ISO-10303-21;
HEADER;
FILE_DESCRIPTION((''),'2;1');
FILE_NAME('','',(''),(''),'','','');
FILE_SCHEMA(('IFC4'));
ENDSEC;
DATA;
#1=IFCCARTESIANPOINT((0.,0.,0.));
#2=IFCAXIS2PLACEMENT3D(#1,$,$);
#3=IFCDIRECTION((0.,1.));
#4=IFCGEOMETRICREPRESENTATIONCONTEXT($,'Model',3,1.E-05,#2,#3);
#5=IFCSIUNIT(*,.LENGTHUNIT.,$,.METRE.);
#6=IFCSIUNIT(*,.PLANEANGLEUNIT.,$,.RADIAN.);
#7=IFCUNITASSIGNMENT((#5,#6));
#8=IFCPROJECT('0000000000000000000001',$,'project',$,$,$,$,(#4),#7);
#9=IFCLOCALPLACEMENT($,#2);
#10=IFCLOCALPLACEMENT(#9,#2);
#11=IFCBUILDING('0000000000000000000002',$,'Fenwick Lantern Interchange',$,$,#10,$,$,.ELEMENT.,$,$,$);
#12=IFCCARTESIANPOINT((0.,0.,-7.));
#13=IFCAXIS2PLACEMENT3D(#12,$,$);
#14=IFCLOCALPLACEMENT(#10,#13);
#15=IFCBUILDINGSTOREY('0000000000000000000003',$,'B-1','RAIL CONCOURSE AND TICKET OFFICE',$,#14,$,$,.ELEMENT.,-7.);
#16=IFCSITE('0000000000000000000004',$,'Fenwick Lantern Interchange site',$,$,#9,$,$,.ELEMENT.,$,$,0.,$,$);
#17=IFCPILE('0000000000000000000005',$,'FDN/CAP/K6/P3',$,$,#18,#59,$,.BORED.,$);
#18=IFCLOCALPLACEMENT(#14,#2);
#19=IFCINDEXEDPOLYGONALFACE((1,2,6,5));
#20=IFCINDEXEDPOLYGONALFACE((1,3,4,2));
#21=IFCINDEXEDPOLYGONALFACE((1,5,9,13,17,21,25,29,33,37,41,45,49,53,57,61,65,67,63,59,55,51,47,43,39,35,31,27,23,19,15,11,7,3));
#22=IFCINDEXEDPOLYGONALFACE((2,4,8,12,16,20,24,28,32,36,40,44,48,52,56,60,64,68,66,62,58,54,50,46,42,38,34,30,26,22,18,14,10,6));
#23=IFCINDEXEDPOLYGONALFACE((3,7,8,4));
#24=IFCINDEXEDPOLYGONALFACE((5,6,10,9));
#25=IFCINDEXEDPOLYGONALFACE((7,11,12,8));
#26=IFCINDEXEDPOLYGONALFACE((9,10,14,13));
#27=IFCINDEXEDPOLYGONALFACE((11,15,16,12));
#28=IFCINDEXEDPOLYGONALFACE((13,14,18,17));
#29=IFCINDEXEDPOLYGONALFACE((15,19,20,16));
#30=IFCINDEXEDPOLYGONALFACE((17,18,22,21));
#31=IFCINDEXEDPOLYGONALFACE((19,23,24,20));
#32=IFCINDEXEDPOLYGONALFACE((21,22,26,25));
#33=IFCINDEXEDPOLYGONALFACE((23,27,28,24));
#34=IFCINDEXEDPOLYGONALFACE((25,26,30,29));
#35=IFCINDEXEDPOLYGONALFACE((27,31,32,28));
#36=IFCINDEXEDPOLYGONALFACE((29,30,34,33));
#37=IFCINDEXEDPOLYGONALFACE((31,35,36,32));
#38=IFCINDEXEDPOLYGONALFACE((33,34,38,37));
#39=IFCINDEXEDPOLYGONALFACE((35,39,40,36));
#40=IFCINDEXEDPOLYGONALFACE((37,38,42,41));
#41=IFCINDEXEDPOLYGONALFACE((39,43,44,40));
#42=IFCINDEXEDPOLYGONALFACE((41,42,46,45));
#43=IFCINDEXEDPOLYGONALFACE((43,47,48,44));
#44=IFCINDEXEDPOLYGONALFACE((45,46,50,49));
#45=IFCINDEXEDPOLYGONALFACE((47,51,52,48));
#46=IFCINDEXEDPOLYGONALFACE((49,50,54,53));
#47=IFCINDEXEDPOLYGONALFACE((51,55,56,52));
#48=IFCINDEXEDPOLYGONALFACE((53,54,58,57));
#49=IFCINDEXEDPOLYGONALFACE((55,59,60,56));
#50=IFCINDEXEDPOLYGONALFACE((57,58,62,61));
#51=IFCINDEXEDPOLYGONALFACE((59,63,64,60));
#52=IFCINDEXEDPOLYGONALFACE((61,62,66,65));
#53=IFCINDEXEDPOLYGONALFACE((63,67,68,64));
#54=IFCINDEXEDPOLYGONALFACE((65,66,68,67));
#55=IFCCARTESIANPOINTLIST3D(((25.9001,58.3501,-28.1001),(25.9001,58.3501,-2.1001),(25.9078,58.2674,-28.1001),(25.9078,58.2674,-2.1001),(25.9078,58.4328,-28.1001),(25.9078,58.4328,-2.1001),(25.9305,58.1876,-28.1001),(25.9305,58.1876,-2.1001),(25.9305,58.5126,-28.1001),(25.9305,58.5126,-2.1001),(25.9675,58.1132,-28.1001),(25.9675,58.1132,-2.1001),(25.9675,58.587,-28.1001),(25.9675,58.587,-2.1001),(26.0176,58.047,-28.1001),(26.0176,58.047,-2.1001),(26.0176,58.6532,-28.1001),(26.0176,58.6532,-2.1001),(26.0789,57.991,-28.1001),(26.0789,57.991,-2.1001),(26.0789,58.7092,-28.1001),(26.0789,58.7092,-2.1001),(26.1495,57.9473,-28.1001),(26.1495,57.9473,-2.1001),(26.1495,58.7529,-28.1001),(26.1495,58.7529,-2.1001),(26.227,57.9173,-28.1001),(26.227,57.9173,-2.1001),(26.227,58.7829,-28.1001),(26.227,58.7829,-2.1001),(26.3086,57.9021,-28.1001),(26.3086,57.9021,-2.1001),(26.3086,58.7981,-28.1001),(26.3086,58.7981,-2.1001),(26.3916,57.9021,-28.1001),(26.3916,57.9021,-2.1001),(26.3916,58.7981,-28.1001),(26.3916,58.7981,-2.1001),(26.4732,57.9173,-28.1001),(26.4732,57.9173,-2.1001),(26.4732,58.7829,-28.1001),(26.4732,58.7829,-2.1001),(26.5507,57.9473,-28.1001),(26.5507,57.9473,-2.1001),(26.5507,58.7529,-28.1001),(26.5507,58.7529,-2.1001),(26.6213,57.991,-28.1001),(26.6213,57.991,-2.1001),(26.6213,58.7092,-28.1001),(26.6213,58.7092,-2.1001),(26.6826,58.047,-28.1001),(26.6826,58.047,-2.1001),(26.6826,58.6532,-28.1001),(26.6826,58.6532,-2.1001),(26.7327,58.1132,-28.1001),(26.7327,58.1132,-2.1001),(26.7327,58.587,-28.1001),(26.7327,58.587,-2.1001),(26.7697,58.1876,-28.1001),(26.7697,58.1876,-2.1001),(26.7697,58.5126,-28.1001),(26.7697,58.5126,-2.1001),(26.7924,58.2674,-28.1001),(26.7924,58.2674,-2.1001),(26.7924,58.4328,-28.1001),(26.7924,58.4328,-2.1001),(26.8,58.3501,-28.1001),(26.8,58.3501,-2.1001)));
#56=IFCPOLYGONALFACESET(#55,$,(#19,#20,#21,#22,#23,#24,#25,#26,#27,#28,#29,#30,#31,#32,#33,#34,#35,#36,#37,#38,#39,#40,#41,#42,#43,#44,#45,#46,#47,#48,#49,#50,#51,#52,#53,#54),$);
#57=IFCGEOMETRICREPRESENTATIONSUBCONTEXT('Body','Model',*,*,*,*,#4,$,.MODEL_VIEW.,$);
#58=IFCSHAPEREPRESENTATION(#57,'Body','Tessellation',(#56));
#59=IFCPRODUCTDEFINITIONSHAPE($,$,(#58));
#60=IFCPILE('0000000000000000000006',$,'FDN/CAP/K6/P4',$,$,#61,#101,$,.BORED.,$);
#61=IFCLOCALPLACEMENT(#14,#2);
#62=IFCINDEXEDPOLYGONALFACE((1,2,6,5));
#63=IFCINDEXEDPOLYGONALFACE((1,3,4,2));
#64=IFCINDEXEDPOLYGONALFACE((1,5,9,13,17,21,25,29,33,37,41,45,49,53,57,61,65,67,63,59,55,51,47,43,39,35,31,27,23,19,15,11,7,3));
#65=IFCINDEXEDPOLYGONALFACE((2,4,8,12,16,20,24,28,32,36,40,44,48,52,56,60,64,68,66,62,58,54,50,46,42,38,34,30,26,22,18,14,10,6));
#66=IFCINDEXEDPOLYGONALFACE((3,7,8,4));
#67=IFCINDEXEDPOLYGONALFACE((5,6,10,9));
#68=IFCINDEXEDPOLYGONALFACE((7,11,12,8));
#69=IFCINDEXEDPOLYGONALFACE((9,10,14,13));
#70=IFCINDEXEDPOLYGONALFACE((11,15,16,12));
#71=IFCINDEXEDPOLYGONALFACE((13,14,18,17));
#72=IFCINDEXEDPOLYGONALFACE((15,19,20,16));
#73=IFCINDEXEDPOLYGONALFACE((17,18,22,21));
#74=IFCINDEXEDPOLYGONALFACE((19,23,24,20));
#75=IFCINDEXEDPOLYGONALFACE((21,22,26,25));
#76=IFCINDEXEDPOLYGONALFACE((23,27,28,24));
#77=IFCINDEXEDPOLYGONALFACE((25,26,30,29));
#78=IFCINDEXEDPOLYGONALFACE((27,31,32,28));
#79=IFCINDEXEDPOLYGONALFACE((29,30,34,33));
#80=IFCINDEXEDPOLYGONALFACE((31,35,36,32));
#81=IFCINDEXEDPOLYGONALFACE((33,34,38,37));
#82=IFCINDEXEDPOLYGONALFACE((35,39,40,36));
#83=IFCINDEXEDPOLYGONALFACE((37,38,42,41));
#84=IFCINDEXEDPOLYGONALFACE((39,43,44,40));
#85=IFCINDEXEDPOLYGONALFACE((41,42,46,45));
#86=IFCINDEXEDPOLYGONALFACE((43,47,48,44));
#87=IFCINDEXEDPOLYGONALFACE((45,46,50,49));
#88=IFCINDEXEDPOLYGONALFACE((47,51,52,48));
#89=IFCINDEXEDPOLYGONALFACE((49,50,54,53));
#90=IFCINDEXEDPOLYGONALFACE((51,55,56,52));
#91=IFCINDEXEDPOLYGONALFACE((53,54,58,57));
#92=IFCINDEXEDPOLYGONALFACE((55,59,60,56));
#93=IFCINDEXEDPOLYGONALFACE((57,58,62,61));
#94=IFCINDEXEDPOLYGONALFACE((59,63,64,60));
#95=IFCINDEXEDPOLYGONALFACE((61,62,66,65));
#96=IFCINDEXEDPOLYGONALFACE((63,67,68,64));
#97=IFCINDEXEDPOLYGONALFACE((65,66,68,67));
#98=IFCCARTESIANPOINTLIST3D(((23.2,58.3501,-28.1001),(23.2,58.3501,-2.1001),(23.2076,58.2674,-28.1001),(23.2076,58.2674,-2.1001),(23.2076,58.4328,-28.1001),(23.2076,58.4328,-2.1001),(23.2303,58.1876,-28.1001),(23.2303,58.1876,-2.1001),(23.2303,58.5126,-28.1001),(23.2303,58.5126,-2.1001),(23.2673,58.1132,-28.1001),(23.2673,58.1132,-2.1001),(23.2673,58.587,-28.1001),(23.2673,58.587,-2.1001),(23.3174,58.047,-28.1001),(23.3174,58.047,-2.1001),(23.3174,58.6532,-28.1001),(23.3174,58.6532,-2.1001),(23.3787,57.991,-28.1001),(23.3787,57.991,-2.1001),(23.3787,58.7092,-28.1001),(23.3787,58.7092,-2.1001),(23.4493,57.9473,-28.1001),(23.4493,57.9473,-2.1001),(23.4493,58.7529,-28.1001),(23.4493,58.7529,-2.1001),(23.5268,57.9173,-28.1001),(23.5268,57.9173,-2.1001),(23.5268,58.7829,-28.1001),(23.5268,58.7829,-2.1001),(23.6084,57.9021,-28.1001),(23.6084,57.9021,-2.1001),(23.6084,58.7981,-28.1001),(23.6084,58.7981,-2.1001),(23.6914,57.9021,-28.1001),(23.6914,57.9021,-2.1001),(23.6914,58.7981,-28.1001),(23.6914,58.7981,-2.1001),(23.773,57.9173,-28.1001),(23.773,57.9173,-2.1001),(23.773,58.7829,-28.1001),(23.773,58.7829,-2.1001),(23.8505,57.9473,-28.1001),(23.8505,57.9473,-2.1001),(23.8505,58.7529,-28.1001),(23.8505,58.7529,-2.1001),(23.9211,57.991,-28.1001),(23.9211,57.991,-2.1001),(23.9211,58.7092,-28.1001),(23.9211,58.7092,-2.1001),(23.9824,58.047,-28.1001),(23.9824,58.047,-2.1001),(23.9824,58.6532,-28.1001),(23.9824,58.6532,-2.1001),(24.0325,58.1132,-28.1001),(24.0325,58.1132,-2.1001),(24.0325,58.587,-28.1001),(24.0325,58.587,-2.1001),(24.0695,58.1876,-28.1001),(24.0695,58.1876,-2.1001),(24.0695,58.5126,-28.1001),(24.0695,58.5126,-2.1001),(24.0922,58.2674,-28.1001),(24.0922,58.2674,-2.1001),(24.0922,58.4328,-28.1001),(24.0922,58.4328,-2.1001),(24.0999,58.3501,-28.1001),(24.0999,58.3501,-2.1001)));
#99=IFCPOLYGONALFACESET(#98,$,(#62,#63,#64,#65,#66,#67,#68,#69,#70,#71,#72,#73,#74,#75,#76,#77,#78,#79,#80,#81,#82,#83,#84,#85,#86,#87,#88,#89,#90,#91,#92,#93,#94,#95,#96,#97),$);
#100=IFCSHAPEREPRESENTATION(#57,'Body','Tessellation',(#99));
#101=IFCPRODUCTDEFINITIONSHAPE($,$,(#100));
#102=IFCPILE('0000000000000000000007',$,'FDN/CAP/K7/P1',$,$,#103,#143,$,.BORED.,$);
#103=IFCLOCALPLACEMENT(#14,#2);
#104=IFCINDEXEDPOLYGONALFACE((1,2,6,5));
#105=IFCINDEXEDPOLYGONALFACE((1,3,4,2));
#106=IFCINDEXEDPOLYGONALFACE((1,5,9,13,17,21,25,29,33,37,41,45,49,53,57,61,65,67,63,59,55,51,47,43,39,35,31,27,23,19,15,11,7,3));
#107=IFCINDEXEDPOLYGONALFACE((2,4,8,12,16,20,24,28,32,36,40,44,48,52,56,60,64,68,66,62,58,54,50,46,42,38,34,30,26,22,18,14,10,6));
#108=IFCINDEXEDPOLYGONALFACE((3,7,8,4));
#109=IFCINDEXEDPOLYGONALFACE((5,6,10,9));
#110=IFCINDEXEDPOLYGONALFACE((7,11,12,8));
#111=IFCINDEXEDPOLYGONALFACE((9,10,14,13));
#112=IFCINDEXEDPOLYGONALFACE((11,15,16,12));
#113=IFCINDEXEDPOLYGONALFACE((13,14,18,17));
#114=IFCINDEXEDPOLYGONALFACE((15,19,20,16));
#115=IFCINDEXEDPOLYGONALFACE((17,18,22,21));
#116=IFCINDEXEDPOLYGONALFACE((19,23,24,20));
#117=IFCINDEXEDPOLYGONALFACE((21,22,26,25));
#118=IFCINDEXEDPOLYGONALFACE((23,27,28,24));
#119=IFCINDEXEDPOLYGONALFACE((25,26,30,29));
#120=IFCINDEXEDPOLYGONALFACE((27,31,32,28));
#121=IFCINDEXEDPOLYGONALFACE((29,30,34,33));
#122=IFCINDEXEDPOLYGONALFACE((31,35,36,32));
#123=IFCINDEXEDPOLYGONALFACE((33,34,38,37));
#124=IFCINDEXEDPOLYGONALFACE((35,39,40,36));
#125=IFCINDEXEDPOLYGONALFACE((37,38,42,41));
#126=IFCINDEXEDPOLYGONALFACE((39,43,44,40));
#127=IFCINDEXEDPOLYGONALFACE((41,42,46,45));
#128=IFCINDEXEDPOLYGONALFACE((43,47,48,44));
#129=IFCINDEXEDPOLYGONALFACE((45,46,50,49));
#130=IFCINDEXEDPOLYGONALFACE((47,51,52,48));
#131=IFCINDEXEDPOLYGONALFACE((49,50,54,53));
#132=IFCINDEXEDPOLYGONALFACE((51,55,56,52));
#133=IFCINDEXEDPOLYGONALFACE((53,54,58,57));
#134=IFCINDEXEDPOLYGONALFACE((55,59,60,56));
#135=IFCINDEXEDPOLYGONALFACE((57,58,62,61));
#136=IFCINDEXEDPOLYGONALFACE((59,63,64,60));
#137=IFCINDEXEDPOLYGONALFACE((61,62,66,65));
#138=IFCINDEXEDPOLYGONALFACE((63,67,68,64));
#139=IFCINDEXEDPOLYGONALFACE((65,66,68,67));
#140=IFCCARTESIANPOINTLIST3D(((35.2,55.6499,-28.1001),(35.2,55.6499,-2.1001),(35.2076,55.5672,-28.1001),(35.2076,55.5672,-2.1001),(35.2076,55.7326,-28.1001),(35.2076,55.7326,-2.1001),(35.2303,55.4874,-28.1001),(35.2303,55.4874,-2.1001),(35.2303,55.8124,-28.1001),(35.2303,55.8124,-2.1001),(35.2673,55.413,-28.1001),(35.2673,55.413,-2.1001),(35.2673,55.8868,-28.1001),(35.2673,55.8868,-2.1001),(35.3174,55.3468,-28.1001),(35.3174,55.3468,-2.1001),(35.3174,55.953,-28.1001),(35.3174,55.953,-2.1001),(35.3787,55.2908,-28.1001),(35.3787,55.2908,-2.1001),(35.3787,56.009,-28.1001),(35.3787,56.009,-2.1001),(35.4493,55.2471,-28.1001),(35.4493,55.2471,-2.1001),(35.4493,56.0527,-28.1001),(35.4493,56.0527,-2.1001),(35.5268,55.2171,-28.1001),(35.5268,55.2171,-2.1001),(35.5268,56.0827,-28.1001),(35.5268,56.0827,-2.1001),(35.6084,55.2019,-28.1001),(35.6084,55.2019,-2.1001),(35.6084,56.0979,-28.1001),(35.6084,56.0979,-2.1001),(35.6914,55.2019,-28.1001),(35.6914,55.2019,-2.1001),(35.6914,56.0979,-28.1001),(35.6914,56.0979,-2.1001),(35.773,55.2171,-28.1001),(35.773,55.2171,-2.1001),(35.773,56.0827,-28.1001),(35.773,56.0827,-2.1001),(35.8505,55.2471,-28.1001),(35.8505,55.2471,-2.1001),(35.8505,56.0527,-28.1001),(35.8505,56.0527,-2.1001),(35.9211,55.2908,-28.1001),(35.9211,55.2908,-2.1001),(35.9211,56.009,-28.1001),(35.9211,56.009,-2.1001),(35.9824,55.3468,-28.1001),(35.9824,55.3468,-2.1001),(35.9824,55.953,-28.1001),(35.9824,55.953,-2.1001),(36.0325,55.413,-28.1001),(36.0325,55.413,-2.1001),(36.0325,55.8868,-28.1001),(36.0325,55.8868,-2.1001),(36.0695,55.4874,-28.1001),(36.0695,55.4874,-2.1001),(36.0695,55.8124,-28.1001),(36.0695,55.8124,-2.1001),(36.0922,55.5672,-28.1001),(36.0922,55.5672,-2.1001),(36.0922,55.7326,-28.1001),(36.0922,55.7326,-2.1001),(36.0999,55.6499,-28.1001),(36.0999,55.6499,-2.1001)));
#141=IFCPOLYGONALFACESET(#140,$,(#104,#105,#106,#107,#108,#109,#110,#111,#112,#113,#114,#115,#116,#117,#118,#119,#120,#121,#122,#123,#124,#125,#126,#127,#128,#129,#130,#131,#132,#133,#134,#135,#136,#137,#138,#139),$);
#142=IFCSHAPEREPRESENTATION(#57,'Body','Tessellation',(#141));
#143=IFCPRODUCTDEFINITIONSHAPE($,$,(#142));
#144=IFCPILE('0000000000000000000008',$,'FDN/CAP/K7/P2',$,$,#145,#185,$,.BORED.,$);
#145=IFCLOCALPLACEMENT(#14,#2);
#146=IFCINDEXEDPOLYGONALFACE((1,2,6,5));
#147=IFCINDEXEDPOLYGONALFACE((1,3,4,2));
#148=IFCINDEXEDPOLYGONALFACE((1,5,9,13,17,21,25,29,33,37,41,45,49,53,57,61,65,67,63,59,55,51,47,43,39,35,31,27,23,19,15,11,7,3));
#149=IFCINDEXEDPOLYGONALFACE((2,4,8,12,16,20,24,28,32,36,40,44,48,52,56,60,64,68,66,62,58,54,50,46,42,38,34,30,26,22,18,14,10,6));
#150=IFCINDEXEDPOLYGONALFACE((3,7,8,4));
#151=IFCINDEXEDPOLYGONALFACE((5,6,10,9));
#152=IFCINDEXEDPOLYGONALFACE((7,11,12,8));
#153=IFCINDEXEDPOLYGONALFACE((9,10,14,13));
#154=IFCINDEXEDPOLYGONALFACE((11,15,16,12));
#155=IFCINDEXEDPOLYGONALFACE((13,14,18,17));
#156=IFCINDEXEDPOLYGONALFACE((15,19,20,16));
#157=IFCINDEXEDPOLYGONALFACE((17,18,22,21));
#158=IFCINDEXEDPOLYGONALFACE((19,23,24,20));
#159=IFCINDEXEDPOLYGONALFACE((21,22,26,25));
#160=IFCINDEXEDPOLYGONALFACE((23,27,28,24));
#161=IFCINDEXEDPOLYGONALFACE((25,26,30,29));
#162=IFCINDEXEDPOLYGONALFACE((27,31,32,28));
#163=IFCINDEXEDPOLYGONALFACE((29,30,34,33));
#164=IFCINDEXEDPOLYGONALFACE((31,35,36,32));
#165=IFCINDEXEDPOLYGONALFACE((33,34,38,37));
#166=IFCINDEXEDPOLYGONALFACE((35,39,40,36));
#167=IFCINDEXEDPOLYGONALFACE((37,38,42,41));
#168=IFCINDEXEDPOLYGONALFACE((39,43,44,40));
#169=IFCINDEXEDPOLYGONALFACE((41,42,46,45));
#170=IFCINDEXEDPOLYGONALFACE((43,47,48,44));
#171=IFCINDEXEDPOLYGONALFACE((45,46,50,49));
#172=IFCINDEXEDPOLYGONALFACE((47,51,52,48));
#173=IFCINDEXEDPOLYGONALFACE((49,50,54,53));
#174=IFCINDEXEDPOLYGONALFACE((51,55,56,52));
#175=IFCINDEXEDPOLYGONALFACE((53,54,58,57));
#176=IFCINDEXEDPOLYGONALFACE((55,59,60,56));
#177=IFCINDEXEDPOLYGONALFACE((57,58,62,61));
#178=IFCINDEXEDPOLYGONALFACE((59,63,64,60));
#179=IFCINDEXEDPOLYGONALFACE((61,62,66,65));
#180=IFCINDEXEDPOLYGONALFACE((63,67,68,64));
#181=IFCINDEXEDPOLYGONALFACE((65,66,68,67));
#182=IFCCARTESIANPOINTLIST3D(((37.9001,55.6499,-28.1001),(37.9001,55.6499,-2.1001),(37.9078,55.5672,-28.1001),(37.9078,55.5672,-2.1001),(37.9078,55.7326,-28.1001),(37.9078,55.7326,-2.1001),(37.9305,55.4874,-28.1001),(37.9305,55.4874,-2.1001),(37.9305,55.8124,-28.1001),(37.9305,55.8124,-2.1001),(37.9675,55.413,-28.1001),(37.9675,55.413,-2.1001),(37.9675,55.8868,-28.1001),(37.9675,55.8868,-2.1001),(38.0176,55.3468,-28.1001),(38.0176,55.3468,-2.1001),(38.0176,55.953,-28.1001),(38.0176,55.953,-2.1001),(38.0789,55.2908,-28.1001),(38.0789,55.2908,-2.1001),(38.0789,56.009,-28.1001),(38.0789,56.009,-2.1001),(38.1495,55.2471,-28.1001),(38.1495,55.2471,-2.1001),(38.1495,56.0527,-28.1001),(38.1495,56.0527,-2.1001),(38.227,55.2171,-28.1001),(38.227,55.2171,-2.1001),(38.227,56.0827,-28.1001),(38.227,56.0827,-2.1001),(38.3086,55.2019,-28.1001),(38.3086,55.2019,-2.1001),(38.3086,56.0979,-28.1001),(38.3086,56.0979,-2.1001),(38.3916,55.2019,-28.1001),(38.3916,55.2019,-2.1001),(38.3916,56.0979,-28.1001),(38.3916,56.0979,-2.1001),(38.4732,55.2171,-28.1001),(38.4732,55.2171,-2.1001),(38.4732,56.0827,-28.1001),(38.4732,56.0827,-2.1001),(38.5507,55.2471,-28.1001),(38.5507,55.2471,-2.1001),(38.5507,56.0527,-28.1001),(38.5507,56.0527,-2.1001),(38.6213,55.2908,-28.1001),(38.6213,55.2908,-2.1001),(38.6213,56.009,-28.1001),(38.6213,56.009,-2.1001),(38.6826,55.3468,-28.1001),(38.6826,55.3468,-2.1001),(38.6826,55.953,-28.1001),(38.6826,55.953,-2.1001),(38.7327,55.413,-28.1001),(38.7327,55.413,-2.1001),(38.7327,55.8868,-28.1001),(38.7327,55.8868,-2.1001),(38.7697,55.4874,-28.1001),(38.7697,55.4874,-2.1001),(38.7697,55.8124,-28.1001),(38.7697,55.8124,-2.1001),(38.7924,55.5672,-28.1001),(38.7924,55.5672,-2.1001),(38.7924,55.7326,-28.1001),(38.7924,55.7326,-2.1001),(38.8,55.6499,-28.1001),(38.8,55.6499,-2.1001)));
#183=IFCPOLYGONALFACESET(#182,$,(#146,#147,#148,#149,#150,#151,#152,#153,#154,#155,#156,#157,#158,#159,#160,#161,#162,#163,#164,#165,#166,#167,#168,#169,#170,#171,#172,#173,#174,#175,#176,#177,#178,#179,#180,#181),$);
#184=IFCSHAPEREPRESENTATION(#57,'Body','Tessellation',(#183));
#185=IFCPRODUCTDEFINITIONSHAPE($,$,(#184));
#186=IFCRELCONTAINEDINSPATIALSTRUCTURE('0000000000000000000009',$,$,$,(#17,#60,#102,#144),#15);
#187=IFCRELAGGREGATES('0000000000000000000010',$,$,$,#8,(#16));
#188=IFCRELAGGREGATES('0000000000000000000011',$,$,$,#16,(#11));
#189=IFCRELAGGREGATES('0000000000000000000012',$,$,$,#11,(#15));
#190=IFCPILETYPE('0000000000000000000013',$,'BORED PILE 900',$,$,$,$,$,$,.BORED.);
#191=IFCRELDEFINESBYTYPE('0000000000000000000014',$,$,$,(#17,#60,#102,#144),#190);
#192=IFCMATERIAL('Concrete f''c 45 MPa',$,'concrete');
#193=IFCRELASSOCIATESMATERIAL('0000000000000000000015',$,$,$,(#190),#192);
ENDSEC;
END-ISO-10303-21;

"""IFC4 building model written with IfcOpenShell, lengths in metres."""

from ifc_helpers import new_model, si_unit, direction, frame, origin, origin_2d, place, context, subcontext, project, spatial, circle, extrude, material, type_object, element, save


model = new_model("IFC4")

# Units and contexts
model_context = context("Model", 3, precision=1e-05, world=origin(), true_north=direction((0.0, 1.0)))
body_context = subcontext(model_context, "Body", "Model", "MODEL_VIEW")
ifc_project = project(units=[si_unit("LENGTHUNIT", "METRE"), si_unit("PLANEANGLEUNIT", "RADIAN")], contexts=[model_context])

# Site, building, storey
site_placement = place(None, origin())
site = spatial("IfcSite", under=ifc_project, at=site_placement, Name="Fenwick Lantern Interchange site", CompositionType="ELEMENT", RefElevation=0.0)
building_placement = place(site_placement, origin())
building = spatial("IfcBuilding", under=site, at=building_placement, Name="Fenwick Lantern Interchange", CompositionType="ELEMENT")
storey_placement = place(building_placement, frame((0.0, 0.0, -7.0)))
storey = spatial("IfcBuildingStorey", under=building, at=storey_placement, Name="B-1", Description="RAIL CONCOURSE AND TICKET OFFICE", CompositionType="ELEMENT", Elevation=-7.0)

# Piles
ifc_material_1 = material(Name="Concrete f'c 45 MPa", Category="concrete")
pile_type_1 = type_object("IfcPileType", Name="BORED PILE 900", PredefinedType="BORED", material=ifc_material_1)
for number, where, z_axis, x_axis, name in (
    (1, (26.3501, 58.3501, -2.1001), (0.0, 0.0, -1.0), (1.0, 0.0, 0.0), "FDN/CAP/K6/P3"),
    (2, (23.6499, 58.3501, -2.1001), (0.0, 0.0, -1.0), (1.0, 0.0, 0.0), "FDN/CAP/K6/P4"),
    (3, (35.6499, 55.6499, -2.1001), (0.0, 0.0, -1.0), (1.0, 0.0, 0.0), "FDN/CAP/K7/P1"),
    (4, (38.3501, 55.6499, -2.1001), (0.0, 0.0, -1.0), (1.0, 0.0, 0.0), "FDN/CAP/K7/P2"),
):
    element("IfcPile", number, at=place(storey_placement, frame(where, z_axis=z_axis, x_axis=x_axis)), inside=storey, type_object=pile_type_1, Name=name, PredefinedType="BORED", context=body_context, shape_type="SweptSolid", body=[
        extrude(circle(Radius=0.45, at=origin_2d()), origin(), (0.0, 0.0, 1.0), 26.0),
    ])

save(model, "model.ifc")
